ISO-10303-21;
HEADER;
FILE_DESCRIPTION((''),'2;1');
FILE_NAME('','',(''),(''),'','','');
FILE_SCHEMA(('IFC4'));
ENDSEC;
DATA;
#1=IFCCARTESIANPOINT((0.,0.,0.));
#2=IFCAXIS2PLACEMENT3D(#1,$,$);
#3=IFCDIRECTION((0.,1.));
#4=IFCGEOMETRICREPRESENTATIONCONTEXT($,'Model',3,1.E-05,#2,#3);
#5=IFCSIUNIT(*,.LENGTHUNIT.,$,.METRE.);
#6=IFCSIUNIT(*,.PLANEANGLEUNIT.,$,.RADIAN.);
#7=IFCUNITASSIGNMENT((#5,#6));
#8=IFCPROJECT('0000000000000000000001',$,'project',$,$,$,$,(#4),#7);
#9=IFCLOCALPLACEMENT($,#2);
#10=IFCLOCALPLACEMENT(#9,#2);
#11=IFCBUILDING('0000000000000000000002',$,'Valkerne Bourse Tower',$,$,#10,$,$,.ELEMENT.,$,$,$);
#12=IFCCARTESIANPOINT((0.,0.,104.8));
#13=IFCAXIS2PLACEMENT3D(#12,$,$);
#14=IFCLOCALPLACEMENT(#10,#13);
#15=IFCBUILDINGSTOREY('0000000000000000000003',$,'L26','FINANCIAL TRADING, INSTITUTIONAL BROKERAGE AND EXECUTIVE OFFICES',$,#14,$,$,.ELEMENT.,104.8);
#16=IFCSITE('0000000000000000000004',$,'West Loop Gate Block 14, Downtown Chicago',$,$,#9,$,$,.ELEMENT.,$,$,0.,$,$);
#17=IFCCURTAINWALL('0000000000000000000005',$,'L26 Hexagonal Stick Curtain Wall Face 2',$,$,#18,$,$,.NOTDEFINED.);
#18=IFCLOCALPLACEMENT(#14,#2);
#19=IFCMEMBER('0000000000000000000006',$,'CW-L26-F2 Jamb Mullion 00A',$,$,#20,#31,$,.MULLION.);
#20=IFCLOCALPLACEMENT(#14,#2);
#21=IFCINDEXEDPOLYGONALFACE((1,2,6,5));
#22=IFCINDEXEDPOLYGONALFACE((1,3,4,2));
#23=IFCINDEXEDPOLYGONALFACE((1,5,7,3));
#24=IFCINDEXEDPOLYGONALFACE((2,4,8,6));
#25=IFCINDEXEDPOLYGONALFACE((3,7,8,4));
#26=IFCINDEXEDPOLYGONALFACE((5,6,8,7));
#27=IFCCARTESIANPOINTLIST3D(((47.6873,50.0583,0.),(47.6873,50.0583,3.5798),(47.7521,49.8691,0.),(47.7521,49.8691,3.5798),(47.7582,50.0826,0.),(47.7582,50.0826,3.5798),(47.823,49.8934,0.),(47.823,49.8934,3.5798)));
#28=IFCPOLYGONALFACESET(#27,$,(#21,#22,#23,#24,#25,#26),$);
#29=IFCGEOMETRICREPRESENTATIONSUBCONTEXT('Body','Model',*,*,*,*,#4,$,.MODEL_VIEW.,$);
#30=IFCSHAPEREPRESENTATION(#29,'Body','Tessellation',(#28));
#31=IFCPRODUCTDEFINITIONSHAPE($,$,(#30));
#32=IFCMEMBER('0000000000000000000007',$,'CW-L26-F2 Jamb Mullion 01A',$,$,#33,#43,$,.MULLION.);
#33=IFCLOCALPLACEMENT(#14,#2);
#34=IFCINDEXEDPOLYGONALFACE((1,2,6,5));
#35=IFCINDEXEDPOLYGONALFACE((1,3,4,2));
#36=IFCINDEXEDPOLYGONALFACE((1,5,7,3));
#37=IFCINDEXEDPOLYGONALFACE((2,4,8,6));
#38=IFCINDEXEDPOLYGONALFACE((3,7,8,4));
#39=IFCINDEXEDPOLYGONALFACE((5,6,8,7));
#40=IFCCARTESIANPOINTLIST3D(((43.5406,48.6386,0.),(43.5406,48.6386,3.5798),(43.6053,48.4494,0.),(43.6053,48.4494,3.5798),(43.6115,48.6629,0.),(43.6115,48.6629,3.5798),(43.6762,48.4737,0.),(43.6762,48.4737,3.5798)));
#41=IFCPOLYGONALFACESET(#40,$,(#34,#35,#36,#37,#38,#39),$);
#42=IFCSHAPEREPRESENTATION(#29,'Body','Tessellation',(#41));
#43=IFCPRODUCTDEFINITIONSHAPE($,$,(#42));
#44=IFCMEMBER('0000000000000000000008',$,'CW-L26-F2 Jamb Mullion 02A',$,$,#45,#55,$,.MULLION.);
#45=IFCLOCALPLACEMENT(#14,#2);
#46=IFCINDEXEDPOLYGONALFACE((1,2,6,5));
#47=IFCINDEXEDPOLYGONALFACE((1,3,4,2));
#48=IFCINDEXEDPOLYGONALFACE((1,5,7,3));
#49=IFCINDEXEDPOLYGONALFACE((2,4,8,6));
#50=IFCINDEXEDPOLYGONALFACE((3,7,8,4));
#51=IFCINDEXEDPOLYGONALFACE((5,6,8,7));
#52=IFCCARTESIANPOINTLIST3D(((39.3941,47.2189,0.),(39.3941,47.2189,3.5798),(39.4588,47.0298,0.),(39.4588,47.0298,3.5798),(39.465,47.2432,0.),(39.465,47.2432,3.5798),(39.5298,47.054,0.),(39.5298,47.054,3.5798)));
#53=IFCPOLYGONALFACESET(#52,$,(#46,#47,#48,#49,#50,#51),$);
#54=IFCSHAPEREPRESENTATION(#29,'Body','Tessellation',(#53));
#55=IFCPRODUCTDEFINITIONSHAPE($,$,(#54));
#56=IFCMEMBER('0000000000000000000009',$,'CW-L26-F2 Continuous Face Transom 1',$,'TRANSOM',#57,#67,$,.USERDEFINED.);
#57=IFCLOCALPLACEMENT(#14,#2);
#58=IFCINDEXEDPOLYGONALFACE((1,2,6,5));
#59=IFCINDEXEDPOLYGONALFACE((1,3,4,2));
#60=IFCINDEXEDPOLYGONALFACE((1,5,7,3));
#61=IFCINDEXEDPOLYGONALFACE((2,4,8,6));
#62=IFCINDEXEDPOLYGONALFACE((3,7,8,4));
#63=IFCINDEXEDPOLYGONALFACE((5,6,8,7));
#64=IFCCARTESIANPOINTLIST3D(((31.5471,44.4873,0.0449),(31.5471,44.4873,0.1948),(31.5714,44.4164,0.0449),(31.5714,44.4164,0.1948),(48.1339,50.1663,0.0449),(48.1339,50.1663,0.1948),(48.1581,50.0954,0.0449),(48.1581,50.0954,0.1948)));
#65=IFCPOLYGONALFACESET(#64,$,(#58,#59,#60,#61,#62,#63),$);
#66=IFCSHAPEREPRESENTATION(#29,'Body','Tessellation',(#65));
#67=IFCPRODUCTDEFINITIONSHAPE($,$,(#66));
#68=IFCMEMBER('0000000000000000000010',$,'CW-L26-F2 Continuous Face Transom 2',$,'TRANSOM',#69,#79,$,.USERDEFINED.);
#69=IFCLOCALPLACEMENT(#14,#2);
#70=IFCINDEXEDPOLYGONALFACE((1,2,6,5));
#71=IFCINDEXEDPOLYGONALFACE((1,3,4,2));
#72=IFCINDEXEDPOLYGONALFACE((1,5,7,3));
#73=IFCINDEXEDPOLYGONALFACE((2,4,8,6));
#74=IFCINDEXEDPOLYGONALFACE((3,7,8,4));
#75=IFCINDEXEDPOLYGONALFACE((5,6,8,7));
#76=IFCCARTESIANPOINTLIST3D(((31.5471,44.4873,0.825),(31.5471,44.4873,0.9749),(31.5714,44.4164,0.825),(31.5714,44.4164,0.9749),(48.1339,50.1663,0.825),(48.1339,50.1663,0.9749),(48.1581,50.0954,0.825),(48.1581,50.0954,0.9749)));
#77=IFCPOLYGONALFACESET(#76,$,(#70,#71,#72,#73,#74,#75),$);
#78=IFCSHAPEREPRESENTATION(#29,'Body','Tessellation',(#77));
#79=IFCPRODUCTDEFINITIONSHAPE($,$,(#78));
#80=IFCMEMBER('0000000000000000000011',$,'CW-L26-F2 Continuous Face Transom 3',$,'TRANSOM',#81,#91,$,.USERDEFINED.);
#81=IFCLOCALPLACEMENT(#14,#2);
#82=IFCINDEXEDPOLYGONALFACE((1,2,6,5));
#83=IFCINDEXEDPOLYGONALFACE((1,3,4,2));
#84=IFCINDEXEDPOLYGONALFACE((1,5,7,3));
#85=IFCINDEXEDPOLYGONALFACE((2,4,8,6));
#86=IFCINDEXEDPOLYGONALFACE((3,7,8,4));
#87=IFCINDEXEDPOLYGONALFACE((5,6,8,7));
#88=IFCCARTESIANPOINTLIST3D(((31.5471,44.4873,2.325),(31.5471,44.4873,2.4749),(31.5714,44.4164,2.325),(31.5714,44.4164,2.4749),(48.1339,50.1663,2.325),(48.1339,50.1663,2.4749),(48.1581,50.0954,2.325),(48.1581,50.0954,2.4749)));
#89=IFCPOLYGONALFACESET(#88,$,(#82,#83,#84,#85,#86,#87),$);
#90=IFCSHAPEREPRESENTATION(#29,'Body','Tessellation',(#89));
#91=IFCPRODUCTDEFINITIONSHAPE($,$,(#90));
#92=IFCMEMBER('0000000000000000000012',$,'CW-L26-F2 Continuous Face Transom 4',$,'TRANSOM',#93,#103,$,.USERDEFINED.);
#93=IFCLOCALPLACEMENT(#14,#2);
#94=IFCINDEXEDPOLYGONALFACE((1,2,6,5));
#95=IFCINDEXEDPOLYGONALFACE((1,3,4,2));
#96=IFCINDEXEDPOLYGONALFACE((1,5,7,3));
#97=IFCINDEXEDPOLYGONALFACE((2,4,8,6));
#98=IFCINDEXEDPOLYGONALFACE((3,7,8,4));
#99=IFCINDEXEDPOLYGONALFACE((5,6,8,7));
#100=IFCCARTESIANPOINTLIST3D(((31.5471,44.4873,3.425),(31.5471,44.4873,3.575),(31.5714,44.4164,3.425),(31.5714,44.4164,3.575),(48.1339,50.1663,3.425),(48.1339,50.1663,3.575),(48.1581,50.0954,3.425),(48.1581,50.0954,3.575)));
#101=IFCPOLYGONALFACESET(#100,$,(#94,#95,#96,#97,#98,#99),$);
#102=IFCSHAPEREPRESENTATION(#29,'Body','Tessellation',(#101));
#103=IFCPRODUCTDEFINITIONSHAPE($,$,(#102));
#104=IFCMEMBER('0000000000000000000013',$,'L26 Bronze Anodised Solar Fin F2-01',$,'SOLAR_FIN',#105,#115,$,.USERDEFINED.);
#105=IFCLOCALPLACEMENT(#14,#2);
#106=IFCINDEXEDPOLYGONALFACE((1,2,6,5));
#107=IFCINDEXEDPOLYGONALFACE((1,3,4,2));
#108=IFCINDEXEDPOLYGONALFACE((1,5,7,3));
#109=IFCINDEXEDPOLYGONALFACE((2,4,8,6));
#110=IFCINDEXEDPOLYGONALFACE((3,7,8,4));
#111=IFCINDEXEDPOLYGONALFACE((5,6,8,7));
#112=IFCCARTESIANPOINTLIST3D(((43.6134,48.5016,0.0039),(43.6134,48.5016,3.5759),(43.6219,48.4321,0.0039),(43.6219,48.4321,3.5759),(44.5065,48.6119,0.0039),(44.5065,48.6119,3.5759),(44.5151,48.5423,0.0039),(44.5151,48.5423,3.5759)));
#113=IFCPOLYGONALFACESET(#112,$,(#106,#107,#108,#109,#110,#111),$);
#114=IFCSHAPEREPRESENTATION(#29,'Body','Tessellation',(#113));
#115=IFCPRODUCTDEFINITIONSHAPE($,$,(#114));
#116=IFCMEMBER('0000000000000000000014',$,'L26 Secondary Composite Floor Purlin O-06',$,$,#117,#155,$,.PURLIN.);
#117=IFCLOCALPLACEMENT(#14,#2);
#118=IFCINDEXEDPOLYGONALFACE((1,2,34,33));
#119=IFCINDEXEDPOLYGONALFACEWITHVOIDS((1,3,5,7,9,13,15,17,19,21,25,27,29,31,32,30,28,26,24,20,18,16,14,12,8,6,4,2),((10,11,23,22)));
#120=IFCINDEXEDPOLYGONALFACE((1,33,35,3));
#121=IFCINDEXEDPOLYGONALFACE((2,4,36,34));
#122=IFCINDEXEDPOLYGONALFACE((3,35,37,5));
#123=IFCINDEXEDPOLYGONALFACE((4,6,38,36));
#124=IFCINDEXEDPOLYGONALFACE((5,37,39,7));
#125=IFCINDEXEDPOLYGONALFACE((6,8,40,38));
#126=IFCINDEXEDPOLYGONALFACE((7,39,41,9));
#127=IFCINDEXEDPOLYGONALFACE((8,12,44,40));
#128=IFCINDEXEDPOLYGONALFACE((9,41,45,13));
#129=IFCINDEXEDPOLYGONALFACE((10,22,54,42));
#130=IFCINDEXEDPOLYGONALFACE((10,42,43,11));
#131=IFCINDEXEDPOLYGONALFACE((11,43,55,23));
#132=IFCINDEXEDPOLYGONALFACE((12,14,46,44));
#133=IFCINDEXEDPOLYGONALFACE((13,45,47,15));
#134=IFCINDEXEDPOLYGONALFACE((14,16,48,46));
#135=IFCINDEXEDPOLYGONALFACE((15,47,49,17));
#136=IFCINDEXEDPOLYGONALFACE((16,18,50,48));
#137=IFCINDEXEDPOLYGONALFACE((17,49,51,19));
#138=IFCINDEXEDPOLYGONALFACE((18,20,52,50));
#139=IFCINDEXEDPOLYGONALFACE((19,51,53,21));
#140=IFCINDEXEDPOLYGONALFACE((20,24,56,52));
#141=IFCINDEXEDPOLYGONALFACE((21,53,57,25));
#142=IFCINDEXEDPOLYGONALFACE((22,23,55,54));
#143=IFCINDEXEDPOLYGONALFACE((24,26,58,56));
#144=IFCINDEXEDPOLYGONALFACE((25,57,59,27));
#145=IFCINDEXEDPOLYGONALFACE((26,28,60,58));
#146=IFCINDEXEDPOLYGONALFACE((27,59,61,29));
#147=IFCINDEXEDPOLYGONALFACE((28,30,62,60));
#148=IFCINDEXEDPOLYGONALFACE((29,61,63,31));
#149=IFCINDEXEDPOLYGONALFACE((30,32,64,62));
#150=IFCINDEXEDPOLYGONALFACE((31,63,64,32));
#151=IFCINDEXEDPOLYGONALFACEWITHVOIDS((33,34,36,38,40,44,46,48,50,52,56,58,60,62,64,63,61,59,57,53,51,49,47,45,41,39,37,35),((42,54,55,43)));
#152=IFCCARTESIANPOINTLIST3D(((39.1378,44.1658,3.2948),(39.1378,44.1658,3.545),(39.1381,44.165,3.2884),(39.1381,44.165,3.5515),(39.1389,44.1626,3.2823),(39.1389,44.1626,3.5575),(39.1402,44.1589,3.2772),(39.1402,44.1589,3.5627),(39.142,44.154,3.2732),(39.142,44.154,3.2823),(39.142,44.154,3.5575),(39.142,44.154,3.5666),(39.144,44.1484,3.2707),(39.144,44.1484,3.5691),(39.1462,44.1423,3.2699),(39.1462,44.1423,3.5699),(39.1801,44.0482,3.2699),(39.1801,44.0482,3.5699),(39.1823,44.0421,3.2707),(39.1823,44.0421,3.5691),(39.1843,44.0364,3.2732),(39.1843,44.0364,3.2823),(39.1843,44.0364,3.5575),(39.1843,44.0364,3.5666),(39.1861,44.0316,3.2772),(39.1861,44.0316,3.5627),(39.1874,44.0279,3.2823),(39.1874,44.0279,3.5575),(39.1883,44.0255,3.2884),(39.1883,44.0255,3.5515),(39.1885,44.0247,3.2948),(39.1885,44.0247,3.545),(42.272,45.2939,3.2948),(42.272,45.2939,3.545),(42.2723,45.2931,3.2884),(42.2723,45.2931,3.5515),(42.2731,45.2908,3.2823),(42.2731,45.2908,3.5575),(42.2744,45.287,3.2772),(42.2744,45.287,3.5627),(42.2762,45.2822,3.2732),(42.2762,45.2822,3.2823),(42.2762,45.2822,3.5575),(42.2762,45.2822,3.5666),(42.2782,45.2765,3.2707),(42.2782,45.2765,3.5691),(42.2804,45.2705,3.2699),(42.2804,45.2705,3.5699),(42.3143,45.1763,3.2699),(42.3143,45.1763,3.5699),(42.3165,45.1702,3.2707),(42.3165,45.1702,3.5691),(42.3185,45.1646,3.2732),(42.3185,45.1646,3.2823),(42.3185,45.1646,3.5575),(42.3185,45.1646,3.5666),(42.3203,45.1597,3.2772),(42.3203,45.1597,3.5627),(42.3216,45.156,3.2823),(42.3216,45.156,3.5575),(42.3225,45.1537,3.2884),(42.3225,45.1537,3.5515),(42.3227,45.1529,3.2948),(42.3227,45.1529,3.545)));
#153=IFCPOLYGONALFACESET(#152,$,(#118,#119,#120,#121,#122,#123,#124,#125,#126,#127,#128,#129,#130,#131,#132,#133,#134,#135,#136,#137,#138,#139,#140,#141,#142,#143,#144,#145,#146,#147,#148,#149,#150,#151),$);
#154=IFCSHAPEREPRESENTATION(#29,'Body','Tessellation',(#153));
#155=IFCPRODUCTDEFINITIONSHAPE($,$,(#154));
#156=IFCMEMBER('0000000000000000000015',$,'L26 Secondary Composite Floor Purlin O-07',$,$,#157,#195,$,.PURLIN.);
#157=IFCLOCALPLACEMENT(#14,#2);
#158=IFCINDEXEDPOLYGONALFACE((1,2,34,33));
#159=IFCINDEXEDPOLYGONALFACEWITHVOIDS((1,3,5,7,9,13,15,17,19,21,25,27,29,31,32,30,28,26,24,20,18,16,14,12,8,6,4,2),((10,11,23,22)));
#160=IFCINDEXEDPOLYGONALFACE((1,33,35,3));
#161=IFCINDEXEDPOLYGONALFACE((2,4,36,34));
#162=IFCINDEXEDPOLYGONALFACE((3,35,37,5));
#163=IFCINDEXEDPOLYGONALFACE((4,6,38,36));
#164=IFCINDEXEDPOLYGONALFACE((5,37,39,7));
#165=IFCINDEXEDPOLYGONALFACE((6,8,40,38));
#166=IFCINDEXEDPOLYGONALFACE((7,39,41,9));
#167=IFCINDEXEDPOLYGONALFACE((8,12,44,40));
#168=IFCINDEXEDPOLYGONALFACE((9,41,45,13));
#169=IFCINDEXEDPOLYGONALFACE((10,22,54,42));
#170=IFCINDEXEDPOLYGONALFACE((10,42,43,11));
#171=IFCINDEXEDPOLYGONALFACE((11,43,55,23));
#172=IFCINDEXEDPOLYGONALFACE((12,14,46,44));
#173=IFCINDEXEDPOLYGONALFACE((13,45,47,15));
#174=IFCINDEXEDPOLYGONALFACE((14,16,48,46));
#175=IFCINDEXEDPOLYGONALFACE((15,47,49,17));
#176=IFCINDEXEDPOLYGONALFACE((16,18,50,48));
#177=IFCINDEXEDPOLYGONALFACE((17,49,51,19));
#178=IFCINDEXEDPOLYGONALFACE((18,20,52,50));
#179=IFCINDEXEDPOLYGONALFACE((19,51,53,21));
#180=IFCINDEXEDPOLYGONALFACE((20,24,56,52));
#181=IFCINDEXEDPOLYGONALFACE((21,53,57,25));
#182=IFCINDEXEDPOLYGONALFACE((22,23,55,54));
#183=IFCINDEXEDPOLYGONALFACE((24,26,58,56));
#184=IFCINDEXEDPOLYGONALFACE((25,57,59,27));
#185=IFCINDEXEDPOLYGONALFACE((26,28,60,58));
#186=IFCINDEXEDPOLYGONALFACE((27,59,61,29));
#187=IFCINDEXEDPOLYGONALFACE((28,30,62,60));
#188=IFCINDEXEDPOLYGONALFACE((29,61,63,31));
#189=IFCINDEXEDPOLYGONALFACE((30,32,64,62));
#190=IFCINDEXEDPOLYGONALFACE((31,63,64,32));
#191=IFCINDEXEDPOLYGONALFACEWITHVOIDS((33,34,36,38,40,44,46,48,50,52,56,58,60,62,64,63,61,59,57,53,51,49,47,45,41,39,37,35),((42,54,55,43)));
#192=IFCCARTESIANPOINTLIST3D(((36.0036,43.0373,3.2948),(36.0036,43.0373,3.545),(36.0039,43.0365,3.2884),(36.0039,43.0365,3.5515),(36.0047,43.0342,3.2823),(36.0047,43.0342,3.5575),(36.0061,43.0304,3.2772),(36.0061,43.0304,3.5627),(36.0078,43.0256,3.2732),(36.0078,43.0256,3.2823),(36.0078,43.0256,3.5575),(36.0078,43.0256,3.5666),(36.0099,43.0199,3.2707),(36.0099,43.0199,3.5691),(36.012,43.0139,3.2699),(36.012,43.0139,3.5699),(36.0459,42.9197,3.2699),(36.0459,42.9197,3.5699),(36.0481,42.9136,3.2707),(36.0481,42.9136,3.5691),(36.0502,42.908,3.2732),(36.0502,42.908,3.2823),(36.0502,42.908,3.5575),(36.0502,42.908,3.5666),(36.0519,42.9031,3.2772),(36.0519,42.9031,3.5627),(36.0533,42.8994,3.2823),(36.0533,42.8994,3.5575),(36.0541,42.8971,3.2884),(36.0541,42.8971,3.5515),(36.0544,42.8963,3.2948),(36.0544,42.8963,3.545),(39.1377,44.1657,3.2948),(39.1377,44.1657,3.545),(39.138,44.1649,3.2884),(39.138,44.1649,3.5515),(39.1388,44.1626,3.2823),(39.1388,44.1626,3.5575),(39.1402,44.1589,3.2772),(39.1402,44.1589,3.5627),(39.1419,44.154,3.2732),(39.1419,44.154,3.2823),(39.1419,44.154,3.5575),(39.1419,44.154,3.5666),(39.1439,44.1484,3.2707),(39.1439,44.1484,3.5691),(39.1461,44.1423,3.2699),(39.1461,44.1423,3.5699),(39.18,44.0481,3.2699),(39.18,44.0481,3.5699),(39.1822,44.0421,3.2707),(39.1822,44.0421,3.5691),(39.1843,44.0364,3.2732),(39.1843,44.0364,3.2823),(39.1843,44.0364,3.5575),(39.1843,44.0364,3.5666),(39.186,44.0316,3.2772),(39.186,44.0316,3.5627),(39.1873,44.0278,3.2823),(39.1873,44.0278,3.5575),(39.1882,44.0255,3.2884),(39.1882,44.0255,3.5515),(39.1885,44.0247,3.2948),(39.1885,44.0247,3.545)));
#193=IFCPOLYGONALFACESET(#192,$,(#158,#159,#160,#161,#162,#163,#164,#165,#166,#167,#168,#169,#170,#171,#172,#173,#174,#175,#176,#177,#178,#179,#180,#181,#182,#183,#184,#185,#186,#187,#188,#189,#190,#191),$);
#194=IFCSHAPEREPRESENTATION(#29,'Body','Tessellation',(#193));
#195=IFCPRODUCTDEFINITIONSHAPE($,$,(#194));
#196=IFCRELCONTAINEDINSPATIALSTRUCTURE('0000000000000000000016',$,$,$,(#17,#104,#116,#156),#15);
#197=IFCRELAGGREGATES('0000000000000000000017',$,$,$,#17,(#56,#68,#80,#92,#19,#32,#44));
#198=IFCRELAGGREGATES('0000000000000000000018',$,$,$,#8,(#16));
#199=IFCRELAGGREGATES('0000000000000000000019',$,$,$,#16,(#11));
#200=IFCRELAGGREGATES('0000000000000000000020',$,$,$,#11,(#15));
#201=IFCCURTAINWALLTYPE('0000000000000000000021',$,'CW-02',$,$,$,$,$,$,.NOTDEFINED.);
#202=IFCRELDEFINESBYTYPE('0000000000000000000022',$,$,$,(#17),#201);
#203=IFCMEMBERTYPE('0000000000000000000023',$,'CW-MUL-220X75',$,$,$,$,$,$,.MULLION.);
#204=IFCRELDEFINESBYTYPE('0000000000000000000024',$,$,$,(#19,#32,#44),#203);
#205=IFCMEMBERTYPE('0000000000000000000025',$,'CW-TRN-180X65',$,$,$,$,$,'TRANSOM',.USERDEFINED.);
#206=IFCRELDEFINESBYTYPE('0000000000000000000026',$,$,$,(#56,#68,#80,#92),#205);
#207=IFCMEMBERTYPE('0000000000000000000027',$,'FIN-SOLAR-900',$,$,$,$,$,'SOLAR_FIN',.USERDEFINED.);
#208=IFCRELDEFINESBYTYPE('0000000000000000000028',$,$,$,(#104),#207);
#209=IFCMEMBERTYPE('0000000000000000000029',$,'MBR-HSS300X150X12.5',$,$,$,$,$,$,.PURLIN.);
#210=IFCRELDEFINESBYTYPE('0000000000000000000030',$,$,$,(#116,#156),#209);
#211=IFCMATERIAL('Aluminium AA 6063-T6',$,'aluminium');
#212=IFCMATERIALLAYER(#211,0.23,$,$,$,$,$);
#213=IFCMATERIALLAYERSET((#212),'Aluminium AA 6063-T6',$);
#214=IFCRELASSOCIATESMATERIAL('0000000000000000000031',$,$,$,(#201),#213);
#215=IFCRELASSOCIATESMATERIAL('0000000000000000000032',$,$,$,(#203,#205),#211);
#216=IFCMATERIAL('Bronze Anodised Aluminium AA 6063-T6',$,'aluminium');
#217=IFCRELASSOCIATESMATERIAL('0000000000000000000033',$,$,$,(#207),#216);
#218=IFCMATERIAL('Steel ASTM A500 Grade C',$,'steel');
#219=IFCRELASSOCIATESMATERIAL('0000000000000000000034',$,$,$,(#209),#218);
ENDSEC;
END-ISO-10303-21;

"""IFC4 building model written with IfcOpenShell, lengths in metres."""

from ifc_helpers import new_model, si_unit, direction, frame, origin, origin_2d, place, context, subcontext, project, spatial, rectangle, hollow_rectangle, extrude, material, layer, layer_set, material_profile, profile_set, type_object, element, aggregate, save


model = new_model("IFC4")

# Units and contexts
model_context = context("Model", 3, precision=1e-05, world=origin(), true_north=direction((0.0, 1.0)))
body_context = subcontext(model_context, "Body", "Model", "MODEL_VIEW")
ifc_project = project(units=[si_unit("LENGTHUNIT", "METRE"), si_unit("PLANEANGLEUNIT", "RADIAN")], contexts=[model_context])

# Site, building, storey
site_placement = place(None, origin())
site = spatial("IfcSite", under=ifc_project, at=site_placement, Name="West Loop Gate Block 14, Downtown Chicago", CompositionType="ELEMENT", RefElevation=0.0)
building_placement = place(site_placement, origin())
building = spatial("IfcBuilding", under=site, at=building_placement, Name="Valkerne Bourse Tower", CompositionType="ELEMENT")
storey_placement = place(building_placement, frame((0.0, 0.0, 104.8)))
storey = spatial("IfcBuildingStorey", under=building, at=storey_placement, Name="L26", Description="FINANCIAL TRADING, INSTITUTIONAL BROKERAGE AND EXECUTIVE OFFICES", CompositionType="ELEMENT", Elevation=104.8)

# Curtain wall, members
ifc_material_1 = material(Name="Aluminium AA 6063-T6", Category="aluminium")
ifc_layer_1 = layer(ifc_material_1, 0.23)
ifc_layer_set_1 = layer_set([ifc_layer_1], Name="Aluminium AA 6063-T6")
curtain_wall_type = type_object("IfcCurtainWallType", Name="CW-02", PredefinedType="NOTDEFINED", material=ifc_layer_set_1)
curtain_wall_placement = place(storey_placement, origin())
curtain_wall = element("IfcCurtainWall", 1, at=curtain_wall_placement, inside=storey, type_object=curtain_wall_type, Name="L26 Hexagonal Stick Curtain Wall Face 2", PredefinedType="NOTDEFINED")
ifc_material_profile_1 = material_profile(ifc_material_1, rectangle(XDim=0.075, YDim=0.2, at=origin_2d()), Name="CWM-75X200")
ifc_profile_set_1 = profile_set([ifc_material_profile_1], Name="Aluminium AA 6063-T6")
member_type_1 = type_object("IfcMemberType", Name="CW-MUL-220X75", PredefinedType="MULLION", material=ifc_profile_set_1)
member_1_placement = place(storey_placement, frame((47.7551, 49.9758, 0.0), z_axis=(0.0, 0.0, 1.0), x_axis=(-0.946088, -0.323911, 0.0)))
member_1 = element("IfcMember", 2, at=member_1_placement, type_object=member_type_1, Name="CW-L26-F2 Jamb Mullion 00A", PredefinedType="MULLION", context=body_context, shape_type="SweptSolid", body=[
    extrude(rectangle(XDim=0.075, YDim=0.2, at=origin_2d()), origin(), (0.0, 0.0, 1.0), 3.5798),
])
member_2_placement = place(storey_placement, frame((43.6084, 48.5562, 0.0), z_axis=(0.0, 0.0, 1.0), x_axis=(-0.946088, -0.323911, 0.0)))
member_2 = element("IfcMember", 3, at=member_2_placement, type_object=member_type_1, Name="CW-L26-F2 Jamb Mullion 01A", PredefinedType="MULLION", context=body_context, shape_type="SweptSolid", body=[
    extrude(rectangle(XDim=0.075, YDim=0.2, at=origin_2d()), origin(), (0.0, 0.0, 1.0), 3.5798),
])
member_3_placement = place(storey_placement, frame((39.4619, 47.1365, 0.0), z_axis=(0.0, 0.0, 1.0), x_axis=(-0.946088, -0.323911, 0.0)))
member_3 = element("IfcMember", 4, at=member_3_placement, type_object=member_type_1, Name="CW-L26-F2 Jamb Mullion 02A", PredefinedType="MULLION", context=body_context, shape_type="SweptSolid", body=[
    extrude(rectangle(XDim=0.075, YDim=0.2, at=origin_2d()), origin(), (0.0, 0.0, 1.0), 3.5798),
])
ifc_material_profile_2 = material_profile(ifc_material_1, rectangle(XDim=0.075, YDim=0.1499, at=origin_2d()), Name="CWT-75X150")
ifc_profile_set_2 = profile_set([ifc_material_profile_2], Name="Aluminium AA 6063-T6")
member_type_2 = type_object("IfcMemberType", Name="CW-TRN-180X65", ElementType="TRANSOM", PredefinedType="USERDEFINED", material=ifc_profile_set_2)
member_4_placement = place(storey_placement, frame((48.146, 50.1309, 0.1199), z_axis=(-0.946084, -0.323921, 0.0), x_axis=(0.323921, -0.946084, 0.0)))
member_4 = element("IfcMember", 5, at=member_4_placement, type_object=member_type_2, Name="CW-L26-F2 Continuous Face Transom 1", ObjectType="TRANSOM", PredefinedType="USERDEFINED", context=body_context, shape_type="SweptSolid", body=[
    extrude(rectangle(XDim=0.075, YDim=0.1499, at=origin_2d()), origin(), (0.0, 0.0, 1.0), 17.532),
])
member_5_placement = place(storey_placement, frame((48.146, 50.1309, 0.8999), z_axis=(-0.946084, -0.323921, 0.0), x_axis=(0.323921, -0.946084, 0.0)))
member_5 = element("IfcMember", 6, at=member_5_placement, type_object=member_type_2, Name="CW-L26-F2 Continuous Face Transom 2", ObjectType="TRANSOM", PredefinedType="USERDEFINED", context=body_context, shape_type="SweptSolid", body=[
    extrude(rectangle(XDim=0.075, YDim=0.1499, at=origin_2d()), origin(), (0.0, 0.0, 1.0), 17.532),
])
member_6_placement = place(storey_placement, frame((48.146, 50.1309, 2.3999), z_axis=(-0.946084, -0.323921, 0.0), x_axis=(0.323921, -0.946084, 0.0)))
member_6 = element("IfcMember", 7, at=member_6_placement, type_object=member_type_2, Name="CW-L26-F2 Continuous Face Transom 3", ObjectType="TRANSOM", PredefinedType="USERDEFINED", context=body_context, shape_type="SweptSolid", body=[
    extrude(rectangle(XDim=0.075, YDim=0.1499, at=origin_2d()), origin(), (0.0, 0.0, 1.0), 17.532),
])
member_7_placement = place(storey_placement, frame((48.146, 50.1309, 3.5), z_axis=(-0.946084, -0.323921, 0.0), x_axis=(0.323921, -0.946084, 0.0)))
member_7 = element("IfcMember", 8, at=member_7_placement, type_object=member_type_2, Name="CW-L26-F2 Continuous Face Transom 4", ObjectType="TRANSOM", PredefinedType="USERDEFINED", context=body_context, shape_type="SweptSolid", body=[
    extrude(rectangle(XDim=0.075, YDim=0.1499, at=origin_2d()), origin(), (0.0, 0.0, 1.0), 17.532),
])

# Members
ifc_material_2 = material(Name="Bronze Anodised Aluminium AA 6063-T6", Category="aluminium")
ifc_material_profile_3 = material_profile(ifc_material_2, rectangle(XDim=0.0701, YDim=0.8999, at=origin_2d()), Name="FIN-70X900")
ifc_profile_set_3 = profile_set([ifc_material_profile_3], Name="Bronze Anodised Aluminium AA 6063-T6")
member_type_3 = type_object("IfcMemberType", Name="FIN-SOLAR-900", ElementType="SOLAR_FIN", PredefinedType="USERDEFINED", material=ifc_profile_set_3)
member_8_placement = place(storey_placement, frame((44.0642, 48.522, 0.0039), z_axis=(0.0, 0.0, 1.0), x_axis=(-0.122561, 0.992461, 0.0)))
element("IfcMember", 9, at=member_8_placement, inside=storey, type_object=member_type_3, Name="L26 Bronze Anodised Solar Fin F2-01", ObjectType="SOLAR_FIN", PredefinedType="USERDEFINED", context=body_context, shape_type="SweptSolid", body=[
    extrude(rectangle(XDim=0.0701, YDim=0.8999, at=origin_2d()), origin(), (0.0, 0.0, 1.0), 3.572),
])
ifc_material_3 = material(Name="Steel ASTM A500 Grade C", Category="steel")
ifc_material_profile_4 = material_profile(ifc_material_3, hollow_rectangle(XDim=0.1499, YDim=0.3, WallThickness=0.0125, OuterFilletRadius=0.0249, at=origin_2d()), Name="HSS300X150X12.5")
ifc_profile_set_4 = profile_set([ifc_material_profile_4], Name="Steel ASTM A500 Grade C")
member_type_4 = type_object("IfcMemberType", Name="MBR-HSS300X150X12.5", PredefinedType="PURLIN", material=ifc_profile_set_4)
for number, where, z_axis, x_axis, name in (
    (10, (42.2974, 45.2234, 3.4199), (-0.940903, -0.338675, 0.0), (0.338675, -0.940903, 0.0), "L26 Secondary Composite Floor Purlin O-06"),
    (11, (39.1631, 44.0952, 3.4199), (-0.940872, -0.338764, 0.0), (0.338764, -0.940872, 0.0), "L26 Secondary Composite Floor Purlin O-07"),
):
    element("IfcMember", number, at=place(storey_placement, frame(where, z_axis=z_axis, x_axis=x_axis)), inside=storey, type_object=member_type_4, Name=name, PredefinedType="PURLIN", context=body_context, shape_type="SweptSolid", body=[
        extrude(hollow_rectangle(XDim=0.1499, YDim=0.3, WallThickness=0.0125, OuterFilletRadius=0.0249, at=origin_2d()), origin(), (0.0, 0.0, 1.0), 3.3311),
    ])

aggregate(curtain_wall, [member_4, member_5, member_6, member_7, member_1, member_2, member_3])

save(model, "model.ifc")
